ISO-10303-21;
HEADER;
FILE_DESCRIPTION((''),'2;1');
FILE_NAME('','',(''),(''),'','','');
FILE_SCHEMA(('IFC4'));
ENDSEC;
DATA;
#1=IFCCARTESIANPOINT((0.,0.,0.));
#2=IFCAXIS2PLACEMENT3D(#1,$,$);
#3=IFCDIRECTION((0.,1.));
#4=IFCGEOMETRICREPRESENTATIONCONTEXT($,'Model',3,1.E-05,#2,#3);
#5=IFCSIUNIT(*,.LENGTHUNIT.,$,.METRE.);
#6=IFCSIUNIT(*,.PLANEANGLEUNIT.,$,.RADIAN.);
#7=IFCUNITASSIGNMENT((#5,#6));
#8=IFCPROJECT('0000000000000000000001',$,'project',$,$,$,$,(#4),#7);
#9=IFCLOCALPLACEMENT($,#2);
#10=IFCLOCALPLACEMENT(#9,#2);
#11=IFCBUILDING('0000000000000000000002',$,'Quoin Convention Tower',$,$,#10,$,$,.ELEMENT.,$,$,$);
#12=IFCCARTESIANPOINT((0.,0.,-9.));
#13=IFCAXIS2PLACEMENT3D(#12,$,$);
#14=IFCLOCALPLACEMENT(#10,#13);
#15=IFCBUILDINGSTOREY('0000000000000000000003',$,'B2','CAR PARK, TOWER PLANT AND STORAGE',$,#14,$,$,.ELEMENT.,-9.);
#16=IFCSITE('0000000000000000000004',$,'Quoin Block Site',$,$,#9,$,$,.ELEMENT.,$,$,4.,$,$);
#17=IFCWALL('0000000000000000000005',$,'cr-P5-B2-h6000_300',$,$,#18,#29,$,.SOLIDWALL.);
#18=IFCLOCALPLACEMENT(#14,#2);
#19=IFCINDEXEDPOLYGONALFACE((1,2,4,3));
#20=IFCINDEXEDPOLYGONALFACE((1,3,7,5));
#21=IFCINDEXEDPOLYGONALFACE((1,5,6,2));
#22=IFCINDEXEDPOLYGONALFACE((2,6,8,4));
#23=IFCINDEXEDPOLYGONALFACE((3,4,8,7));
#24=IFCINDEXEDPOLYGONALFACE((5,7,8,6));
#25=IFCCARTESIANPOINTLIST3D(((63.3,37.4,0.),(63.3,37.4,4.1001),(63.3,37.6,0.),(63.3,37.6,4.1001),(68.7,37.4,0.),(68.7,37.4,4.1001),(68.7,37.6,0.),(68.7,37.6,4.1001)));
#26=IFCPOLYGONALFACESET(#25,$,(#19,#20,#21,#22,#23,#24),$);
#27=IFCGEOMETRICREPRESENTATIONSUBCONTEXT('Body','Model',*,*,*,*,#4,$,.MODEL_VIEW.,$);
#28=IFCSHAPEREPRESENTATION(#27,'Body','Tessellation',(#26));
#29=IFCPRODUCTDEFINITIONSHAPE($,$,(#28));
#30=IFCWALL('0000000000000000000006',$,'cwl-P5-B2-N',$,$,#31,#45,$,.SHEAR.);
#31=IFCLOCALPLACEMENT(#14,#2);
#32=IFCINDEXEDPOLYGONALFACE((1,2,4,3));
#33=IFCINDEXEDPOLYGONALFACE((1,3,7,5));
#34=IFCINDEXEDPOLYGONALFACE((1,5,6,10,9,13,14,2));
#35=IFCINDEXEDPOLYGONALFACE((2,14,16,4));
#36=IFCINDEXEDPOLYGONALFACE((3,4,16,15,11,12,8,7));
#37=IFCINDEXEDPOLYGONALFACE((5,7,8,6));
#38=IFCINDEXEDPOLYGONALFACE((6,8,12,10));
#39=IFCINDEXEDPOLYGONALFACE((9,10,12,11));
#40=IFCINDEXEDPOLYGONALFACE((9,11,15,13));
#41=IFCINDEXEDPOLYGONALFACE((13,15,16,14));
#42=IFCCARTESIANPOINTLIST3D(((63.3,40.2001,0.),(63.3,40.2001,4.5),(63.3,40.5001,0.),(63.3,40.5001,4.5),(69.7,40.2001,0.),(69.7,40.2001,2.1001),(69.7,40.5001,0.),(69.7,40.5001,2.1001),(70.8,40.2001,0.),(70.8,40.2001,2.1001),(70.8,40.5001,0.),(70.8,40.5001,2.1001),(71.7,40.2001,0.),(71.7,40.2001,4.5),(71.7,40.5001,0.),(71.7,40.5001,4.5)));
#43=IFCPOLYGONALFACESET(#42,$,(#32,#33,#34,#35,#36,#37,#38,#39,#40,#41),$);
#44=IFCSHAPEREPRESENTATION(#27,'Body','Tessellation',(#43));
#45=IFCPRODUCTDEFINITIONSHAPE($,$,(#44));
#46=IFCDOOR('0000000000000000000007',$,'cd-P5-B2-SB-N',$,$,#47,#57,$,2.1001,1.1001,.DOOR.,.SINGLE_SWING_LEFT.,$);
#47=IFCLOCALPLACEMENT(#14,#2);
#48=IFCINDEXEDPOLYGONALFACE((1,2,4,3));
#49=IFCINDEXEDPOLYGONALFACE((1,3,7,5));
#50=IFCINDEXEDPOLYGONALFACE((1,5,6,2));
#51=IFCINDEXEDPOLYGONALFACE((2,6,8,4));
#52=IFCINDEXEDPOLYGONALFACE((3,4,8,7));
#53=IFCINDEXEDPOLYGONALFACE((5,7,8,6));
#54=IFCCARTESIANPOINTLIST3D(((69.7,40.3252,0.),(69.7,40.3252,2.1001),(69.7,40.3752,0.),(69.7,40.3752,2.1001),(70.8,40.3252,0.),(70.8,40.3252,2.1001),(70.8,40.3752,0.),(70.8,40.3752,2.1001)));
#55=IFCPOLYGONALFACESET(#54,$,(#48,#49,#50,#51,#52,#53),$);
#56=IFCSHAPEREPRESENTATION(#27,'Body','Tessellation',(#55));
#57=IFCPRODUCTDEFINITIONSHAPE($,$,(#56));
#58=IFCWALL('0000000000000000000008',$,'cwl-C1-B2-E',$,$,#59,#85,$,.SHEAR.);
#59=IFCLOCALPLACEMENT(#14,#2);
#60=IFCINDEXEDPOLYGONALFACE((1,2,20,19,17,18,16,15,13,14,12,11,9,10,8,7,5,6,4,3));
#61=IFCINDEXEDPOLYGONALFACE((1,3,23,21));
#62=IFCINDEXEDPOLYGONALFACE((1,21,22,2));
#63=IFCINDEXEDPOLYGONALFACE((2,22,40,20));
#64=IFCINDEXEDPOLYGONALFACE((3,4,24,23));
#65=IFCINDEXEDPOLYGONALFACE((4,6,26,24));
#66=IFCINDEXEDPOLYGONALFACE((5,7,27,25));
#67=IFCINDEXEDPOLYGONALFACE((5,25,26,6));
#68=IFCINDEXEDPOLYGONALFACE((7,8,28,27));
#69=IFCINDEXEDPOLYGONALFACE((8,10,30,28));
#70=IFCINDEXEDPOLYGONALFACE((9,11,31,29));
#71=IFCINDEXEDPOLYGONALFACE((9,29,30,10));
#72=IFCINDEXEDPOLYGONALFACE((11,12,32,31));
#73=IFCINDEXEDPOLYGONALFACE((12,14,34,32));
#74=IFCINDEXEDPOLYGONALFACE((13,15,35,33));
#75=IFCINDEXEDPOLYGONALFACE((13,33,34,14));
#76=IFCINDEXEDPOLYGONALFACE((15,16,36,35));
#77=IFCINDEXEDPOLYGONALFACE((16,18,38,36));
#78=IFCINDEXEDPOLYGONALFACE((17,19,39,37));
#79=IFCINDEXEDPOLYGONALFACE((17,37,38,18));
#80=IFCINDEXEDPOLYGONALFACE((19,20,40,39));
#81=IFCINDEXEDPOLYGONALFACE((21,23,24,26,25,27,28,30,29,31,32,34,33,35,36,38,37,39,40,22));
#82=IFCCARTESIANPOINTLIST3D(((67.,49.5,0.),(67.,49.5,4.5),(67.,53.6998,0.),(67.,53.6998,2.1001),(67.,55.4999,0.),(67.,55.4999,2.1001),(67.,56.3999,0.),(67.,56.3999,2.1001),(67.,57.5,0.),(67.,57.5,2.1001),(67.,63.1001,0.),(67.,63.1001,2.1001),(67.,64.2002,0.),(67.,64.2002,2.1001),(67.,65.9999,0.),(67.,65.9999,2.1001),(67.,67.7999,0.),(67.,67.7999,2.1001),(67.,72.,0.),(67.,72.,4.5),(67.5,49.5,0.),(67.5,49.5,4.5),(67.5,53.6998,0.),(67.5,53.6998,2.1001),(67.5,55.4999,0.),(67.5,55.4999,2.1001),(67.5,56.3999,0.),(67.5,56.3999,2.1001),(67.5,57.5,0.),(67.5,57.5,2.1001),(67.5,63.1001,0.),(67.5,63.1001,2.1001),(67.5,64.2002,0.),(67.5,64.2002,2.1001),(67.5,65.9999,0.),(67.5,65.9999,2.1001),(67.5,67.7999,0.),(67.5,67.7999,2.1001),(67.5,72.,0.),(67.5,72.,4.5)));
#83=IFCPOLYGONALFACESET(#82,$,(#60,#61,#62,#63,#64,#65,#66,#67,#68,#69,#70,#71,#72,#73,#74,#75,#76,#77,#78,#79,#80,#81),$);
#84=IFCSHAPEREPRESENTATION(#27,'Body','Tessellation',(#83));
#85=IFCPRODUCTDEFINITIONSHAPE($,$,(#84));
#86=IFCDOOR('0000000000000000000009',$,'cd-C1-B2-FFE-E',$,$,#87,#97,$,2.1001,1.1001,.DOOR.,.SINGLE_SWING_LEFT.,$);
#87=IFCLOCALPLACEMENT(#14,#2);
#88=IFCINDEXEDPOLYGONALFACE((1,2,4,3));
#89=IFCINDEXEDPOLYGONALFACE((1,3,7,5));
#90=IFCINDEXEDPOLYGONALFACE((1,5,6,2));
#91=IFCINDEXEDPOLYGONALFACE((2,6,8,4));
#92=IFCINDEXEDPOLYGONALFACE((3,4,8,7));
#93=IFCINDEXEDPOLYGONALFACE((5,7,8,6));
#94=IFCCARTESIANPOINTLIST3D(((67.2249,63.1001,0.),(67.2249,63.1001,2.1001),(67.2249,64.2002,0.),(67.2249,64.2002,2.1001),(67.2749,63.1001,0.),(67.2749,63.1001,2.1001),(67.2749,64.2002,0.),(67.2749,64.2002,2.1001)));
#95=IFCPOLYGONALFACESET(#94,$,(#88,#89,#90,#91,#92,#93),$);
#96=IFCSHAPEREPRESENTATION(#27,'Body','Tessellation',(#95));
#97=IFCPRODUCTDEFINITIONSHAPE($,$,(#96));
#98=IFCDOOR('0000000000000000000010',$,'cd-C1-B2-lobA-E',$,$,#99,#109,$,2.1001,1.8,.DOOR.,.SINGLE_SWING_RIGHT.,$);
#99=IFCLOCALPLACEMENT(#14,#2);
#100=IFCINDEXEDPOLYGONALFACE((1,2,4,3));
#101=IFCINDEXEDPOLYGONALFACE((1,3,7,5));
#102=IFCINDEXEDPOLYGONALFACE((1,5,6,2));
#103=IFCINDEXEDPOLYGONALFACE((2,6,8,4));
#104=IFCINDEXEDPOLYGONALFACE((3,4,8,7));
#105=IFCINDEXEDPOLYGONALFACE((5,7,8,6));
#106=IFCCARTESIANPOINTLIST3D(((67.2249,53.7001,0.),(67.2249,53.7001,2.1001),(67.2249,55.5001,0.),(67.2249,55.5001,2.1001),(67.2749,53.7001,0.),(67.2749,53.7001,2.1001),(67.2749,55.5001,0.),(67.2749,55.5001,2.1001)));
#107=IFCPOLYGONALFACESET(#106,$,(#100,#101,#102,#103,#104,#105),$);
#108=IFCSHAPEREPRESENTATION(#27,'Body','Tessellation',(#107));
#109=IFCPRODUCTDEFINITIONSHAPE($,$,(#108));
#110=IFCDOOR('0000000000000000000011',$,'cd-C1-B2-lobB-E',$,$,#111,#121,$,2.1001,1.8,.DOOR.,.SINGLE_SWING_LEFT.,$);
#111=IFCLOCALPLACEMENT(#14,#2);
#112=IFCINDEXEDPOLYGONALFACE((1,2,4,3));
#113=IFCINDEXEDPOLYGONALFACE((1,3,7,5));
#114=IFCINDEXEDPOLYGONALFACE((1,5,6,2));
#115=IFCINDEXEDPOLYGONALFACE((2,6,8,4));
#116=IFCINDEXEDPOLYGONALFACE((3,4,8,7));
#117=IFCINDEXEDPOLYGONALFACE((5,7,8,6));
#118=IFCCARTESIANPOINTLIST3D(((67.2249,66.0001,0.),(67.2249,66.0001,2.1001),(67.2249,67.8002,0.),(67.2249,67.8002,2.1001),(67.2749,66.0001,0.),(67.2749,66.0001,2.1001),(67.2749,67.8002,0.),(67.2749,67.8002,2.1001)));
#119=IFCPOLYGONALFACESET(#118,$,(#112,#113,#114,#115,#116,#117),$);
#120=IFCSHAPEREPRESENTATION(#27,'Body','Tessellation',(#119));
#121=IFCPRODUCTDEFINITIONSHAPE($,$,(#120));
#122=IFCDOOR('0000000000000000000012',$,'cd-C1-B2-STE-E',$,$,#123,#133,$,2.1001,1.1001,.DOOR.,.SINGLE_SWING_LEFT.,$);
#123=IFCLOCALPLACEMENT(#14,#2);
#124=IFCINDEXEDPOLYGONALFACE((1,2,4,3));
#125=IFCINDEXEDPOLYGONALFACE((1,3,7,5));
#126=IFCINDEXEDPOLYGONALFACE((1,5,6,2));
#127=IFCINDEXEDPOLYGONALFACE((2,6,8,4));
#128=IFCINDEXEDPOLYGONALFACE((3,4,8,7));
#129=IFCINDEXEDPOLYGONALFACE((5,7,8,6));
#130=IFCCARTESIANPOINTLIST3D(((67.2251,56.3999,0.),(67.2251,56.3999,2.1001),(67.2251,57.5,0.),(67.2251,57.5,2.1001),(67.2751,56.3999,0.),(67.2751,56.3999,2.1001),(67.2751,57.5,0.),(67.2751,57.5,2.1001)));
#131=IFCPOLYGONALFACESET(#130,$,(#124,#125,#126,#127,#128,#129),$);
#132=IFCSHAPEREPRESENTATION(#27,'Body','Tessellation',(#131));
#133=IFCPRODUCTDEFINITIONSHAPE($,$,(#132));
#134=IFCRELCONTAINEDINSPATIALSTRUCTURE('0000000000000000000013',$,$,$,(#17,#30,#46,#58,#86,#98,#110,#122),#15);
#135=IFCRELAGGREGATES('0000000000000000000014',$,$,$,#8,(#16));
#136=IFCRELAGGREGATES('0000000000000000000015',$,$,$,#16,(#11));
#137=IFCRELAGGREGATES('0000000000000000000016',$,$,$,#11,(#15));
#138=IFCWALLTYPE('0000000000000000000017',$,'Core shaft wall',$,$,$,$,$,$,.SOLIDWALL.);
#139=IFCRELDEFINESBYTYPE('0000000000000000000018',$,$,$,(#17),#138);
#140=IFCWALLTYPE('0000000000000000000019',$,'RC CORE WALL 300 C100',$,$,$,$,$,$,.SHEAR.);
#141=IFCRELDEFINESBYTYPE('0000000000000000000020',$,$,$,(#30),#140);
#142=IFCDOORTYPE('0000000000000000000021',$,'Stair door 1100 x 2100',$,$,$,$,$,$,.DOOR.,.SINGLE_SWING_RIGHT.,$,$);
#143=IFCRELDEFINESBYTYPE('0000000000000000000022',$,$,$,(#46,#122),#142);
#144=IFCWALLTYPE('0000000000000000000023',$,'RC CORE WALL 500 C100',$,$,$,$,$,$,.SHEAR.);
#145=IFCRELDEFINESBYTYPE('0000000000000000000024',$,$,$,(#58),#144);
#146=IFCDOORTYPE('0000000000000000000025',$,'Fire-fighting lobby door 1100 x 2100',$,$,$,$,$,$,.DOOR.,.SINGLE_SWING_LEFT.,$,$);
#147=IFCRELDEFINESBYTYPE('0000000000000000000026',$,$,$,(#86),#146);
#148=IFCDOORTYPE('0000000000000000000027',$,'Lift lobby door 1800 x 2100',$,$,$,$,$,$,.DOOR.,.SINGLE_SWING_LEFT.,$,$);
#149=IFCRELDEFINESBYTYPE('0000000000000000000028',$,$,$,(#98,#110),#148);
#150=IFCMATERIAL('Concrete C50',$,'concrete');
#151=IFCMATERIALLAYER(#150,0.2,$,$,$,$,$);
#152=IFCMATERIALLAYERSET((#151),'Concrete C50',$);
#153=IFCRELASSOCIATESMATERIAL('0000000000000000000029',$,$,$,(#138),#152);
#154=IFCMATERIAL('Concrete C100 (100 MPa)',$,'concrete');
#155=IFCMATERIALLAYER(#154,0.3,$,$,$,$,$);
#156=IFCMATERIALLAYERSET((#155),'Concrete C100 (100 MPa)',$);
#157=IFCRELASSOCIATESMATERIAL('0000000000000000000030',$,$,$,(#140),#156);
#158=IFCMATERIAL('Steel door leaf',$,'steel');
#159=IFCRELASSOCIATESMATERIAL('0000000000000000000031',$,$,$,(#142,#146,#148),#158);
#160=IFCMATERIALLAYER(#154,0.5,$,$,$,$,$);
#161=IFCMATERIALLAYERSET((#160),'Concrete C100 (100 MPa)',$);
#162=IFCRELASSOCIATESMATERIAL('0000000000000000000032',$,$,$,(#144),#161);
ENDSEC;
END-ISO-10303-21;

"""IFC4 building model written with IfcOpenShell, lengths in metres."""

from ifc_helpers import new_model, si_unit, direction, frame, frame_2d, origin, place, context, subcontext, project, spatial, rectangle, extrude, material, layer, layer_set, type_object, element, fill, save


model = new_model("IFC4")

# Units and contexts
model_context = context("Model", 3, precision=1e-05, world=origin(), true_north=direction((0.0, 1.0)))
body_context = subcontext(model_context, "Body", "Model", "MODEL_VIEW")
ifc_project = project(units=[si_unit("LENGTHUNIT", "METRE"), si_unit("PLANEANGLEUNIT", "RADIAN")], contexts=[model_context])

# Site, building, storey
site_placement = place(None, origin())
site = spatial("IfcSite", under=ifc_project, at=site_placement, Name="Quoin Block Site", CompositionType="ELEMENT", RefElevation=4.0)
building_placement = place(site_placement, origin())
building = spatial("IfcBuilding", under=site, at=building_placement, Name="Quoin Convention Tower", CompositionType="ELEMENT")
storey_placement = place(building_placement, frame((0.0, 0.0, -9.0)))
storey = spatial("IfcBuildingStorey", under=building, at=storey_placement, Name="B2", Description="CAR PARK, TOWER PLANT AND STORAGE", CompositionType="ELEMENT", Elevation=-9.0)

# Shared definitions
ifc_material_1 = material(Name="Concrete C100 (100 MPa)", Category="concrete")

# Wall
ifc_material_2 = material(Name="Concrete C50", Category="concrete")
ifc_layer_1 = layer(ifc_material_2, 0.2)
ifc_layer_set_1 = layer_set([ifc_layer_1], Name="Concrete C50")
wall_type_1 = type_object("IfcWallType", Name="Core shaft wall", PredefinedType="SOLIDWALL", material=ifc_layer_set_1)
wall_1_placement = place(storey_placement, frame((63.3, 37.5, 0.0), z_axis=(0.0, 0.0, 1.0), x_axis=(1.0, 0.0, 0.0)))
element("IfcWall", 1, at=wall_1_placement, inside=storey, type_object=wall_type_1, Name="cr-P5-B2-h6000_300", PredefinedType="SOLIDWALL", context=body_context, shape_type="SweptSolid", body=[
    extrude(rectangle(XDim=5.3999, YDim=0.2, at=frame_2d((2.7, 0.0))), origin(), (0.0, 0.0, 1.0), 4.1001),
])

# Wall, opening, door
ifc_layer_2 = layer(ifc_material_1, 0.3)
ifc_layer_set_2 = layer_set([ifc_layer_2], Name="Concrete C100 (100 MPa)")
wall_type_2 = type_object("IfcWallType", Name="RC CORE WALL 300 C100", PredefinedType="SHEAR", material=ifc_layer_set_2)
wall_2_placement = place(storey_placement, frame((63.3, 40.3501, 0.0), z_axis=(0.0, 0.0, 1.0), x_axis=(1.0, 0.0, 0.0)))
wall_2 = element("IfcWall", 2, at=wall_2_placement, inside=storey, type_object=wall_type_2, Name="cwl-P5-B2-N", PredefinedType="SHEAR", context=body_context, shape_type="SweptSolid", body=[
    extrude(rectangle(XDim=8.3999, YDim=0.3, at=frame_2d((4.2, 0.0))), origin(), (0.0, 0.0, 1.0), 4.5),
])
opening_1_placement = place(wall_2_placement, frame((6.3999, 0.0, 0.0)))
opening_1 = element("IfcOpeningElement", 3, at=opening_1_placement, cuts=wall_2, PredefinedType="OPENING", context=body_context, shape_type="SweptSolid", body=[
    extrude(rectangle(XDim=1.1001, YDim=2.1001, at=frame_2d((0.55, 1.05))), frame((0.0, 0.1599, 0.0), z_axis=(0.0, -1.0, 0.0), x_axis=(1.0, 0.0, 0.0)), (0.0, 0.0, 1.0), 0.3201),
])
ifc_material_3 = material(Name="Steel door leaf", Category="steel")
door_type_1 = type_object("IfcDoorType", Name="Stair door 1100 x 2100", OperationType="SINGLE_SWING_RIGHT", PredefinedType="DOOR", material=ifc_material_3)
door_1_placement = place(opening_1_placement, frame((1.1001, 0.0, 0.0), z_axis=(0.0, 0.0, 1.0), x_axis=(-1.0, 0.0, 0.0)))
door_1 = element("IfcDoor", 4, at=door_1_placement, inside=storey, type_object=door_type_1, Name="cd-P5-B2-SB-N", OperationType="SINGLE_SWING_LEFT", OverallHeight=2.1001, OverallWidth=1.1001, PredefinedType="DOOR", context=body_context, shape_type="SweptSolid", body=[
    extrude(rectangle(XDim=1.1001, YDim=2.1001, at=frame_2d((0.55, 1.05))), frame((0.0, 0.0249, 0.0), z_axis=(0.0, -1.0, 0.0), x_axis=(1.0, 0.0, 0.0)), (0.0, 0.0, 1.0), 0.05),
])
fill(opening_1, door_1)

# Wall, openings, doors
ifc_layer_3 = layer(ifc_material_1, 0.5)
ifc_layer_set_3 = layer_set([ifc_layer_3], Name="Concrete C100 (100 MPa)")
wall_type_3 = type_object("IfcWallType", Name="RC CORE WALL 500 C100", PredefinedType="SHEAR", material=ifc_layer_set_3)
wall_3_placement = place(storey_placement, frame((67.25, 49.5, 0.0), z_axis=(0.0, 0.0, 1.0), x_axis=(0.0, 1.0, 0.0)))
wall_3 = element("IfcWall", 5, at=wall_3_placement, inside=storey, type_object=wall_type_3, Name="cwl-C1-B2-E", PredefinedType="SHEAR", context=body_context, shape_type="SweptSolid", body=[
    extrude(rectangle(XDim=22.5, YDim=0.5, at=frame_2d((11.25, 0.0))), origin(), (0.0, 0.0, 1.0), 4.5),
])
opening_2_placement = place(wall_3_placement, frame((4.2, 0.0, 0.0)))
opening_2 = element("IfcOpeningElement", 6, at=opening_2_placement, cuts=wall_3, PredefinedType="OPENING", context=body_context, shape_type="SweptSolid", body=[
    extrude(rectangle(XDim=1.8, YDim=2.1001, at=frame_2d((0.8999, 1.05))), frame((0.0, 0.26, 0.0), z_axis=(0.0, -1.0, 0.0), x_axis=(1.0, 0.0, 0.0)), (0.0, 0.0, 1.0), 0.52),
])
opening_3_placement = place(wall_3_placement, frame((6.8999, 0.0, 0.0)))
opening_3 = element("IfcOpeningElement", 7, at=opening_3_placement, cuts=wall_3, PredefinedType="OPENING", context=body_context, shape_type="SweptSolid", body=[
    extrude(rectangle(XDim=1.1001, YDim=2.1001, at=frame_2d((0.55, 1.05))), frame((0.0, 0.26, 0.0), z_axis=(0.0, -1.0, 0.0), x_axis=(1.0, 0.0, 0.0)), (0.0, 0.0, 1.0), 0.52),
])
opening_4_placement = place(wall_3_placement, frame((13.6001, 0.0, 0.0)))
opening_4 = element("IfcOpeningElement", 8, at=opening_4_placement, cuts=wall_3, PredefinedType="OPENING", context=body_context, shape_type="SweptSolid", body=[
    extrude(rectangle(XDim=1.1001, YDim=2.1001, at=frame_2d((0.55, 1.05))), frame((0.0, 0.26, 0.0), z_axis=(0.0, -1.0, 0.0), x_axis=(1.0, 0.0, 0.0)), (0.0, 0.0, 1.0), 0.52),
])
opening_5_placement = place(wall_3_placement, frame((16.5, 0.0, 0.0)))
opening_5 = element("IfcOpeningElement", 9, at=opening_5_placement, cuts=wall_3, PredefinedType="OPENING", context=body_context, shape_type="SweptSolid", body=[
    extrude(rectangle(XDim=1.8, YDim=2.1001, at=frame_2d((0.8999, 1.05))), frame((0.0, 0.26, 0.0), z_axis=(0.0, -1.0, 0.0), x_axis=(1.0, 0.0, 0.0)), (0.0, 0.0, 1.0), 0.52),
])
door_type_2 = type_object("IfcDoorType", Name="Fire-fighting lobby door 1100 x 2100", OperationType="SINGLE_SWING_LEFT", PredefinedType="DOOR", material=ifc_material_3)
door_2_placement = place(opening_4_placement, frame((1.1001, 0.0, 0.0), z_axis=(0.0, 0.0, 1.0), x_axis=(-1.0, 0.0, 0.0)))
door_2 = element("IfcDoor", 10, at=door_2_placement, inside=storey, type_object=door_type_2, Name="cd-C1-B2-FFE-E", OperationType="SINGLE_SWING_LEFT", OverallHeight=2.1001, OverallWidth=1.1001, PredefinedType="DOOR", context=body_context, shape_type="SweptSolid", body=[
    extrude(rectangle(XDim=1.1001, YDim=2.1001, at=frame_2d((0.55, 1.05))), frame((0.0, 0.0249, 0.0), z_axis=(0.0, -1.0, 0.0), x_axis=(1.0, 0.0, 0.0)), (0.0, 0.0, 1.0), 0.05),
])
fill(opening_4, door_2)
door_type_3 = type_object("IfcDoorType", Name="Lift lobby door 1800 x 2100", OperationType="SINGLE_SWING_LEFT", PredefinedType="DOOR", material=ifc_material_3)
door_3_placement = place(opening_2_placement, frame((1.8, 0.0, 0.0), z_axis=(0.0, 0.0, 1.0), x_axis=(-1.0, 0.0, 0.0)))
door_3 = element("IfcDoor", 11, at=door_3_placement, inside=storey, type_object=door_type_3, Name="cd-C1-B2-lobA-E", OperationType="SINGLE_SWING_RIGHT", OverallHeight=2.1001, OverallWidth=1.8, PredefinedType="DOOR", context=body_context, shape_type="SweptSolid", body=[
    extrude(rectangle(XDim=1.8, YDim=2.1001, at=frame_2d((0.8999, 1.05))), frame((0.0, 0.0249, 0.0), z_axis=(0.0, -1.0, 0.0), x_axis=(1.0, 0.0, 0.0)), (0.0, 0.0, 1.0), 0.05),
])
fill(opening_2, door_3)
door_4_placement = place(opening_5_placement, frame((1.8, 0.0, 0.0), z_axis=(0.0, 0.0, 1.0), x_axis=(-1.0, 0.0, 0.0)))
door_4 = element("IfcDoor", 12, at=door_4_placement, inside=storey, type_object=door_type_3, Name="cd-C1-B2-lobB-E", OperationType="SINGLE_SWING_LEFT", OverallHeight=2.1001, OverallWidth=1.8, PredefinedType="DOOR", context=body_context, shape_type="SweptSolid", body=[
    extrude(rectangle(XDim=1.8, YDim=2.1001, at=frame_2d((0.8999, 1.05))), frame((0.0, 0.0249, 0.0), z_axis=(0.0, -1.0, 0.0), x_axis=(1.0, 0.0, 0.0)), (0.0, 0.0, 1.0), 0.05),
])
fill(opening_5, door_4)
door_5_placement = place(opening_3_placement, origin())
door_5 = element("IfcDoor", 13, at=door_5_placement, inside=storey, type_object=door_type_1, Name="cd-C1-B2-STE-E", OperationType="SINGLE_SWING_LEFT", OverallHeight=2.1001, OverallWidth=1.1001, PredefinedType="DOOR", context=body_context, shape_type="SweptSolid", body=[
    extrude(rectangle(XDim=1.1001, YDim=2.1001, at=frame_2d((0.55, 1.05))), frame((0.0, 0.0249, 0.0), z_axis=(0.0, -1.0, 0.0), x_axis=(1.0, 0.0, 0.0)), (0.0, 0.0, 1.0), 0.05),
])
fill(opening_3, door_5)

save(model, "model.ifc")
